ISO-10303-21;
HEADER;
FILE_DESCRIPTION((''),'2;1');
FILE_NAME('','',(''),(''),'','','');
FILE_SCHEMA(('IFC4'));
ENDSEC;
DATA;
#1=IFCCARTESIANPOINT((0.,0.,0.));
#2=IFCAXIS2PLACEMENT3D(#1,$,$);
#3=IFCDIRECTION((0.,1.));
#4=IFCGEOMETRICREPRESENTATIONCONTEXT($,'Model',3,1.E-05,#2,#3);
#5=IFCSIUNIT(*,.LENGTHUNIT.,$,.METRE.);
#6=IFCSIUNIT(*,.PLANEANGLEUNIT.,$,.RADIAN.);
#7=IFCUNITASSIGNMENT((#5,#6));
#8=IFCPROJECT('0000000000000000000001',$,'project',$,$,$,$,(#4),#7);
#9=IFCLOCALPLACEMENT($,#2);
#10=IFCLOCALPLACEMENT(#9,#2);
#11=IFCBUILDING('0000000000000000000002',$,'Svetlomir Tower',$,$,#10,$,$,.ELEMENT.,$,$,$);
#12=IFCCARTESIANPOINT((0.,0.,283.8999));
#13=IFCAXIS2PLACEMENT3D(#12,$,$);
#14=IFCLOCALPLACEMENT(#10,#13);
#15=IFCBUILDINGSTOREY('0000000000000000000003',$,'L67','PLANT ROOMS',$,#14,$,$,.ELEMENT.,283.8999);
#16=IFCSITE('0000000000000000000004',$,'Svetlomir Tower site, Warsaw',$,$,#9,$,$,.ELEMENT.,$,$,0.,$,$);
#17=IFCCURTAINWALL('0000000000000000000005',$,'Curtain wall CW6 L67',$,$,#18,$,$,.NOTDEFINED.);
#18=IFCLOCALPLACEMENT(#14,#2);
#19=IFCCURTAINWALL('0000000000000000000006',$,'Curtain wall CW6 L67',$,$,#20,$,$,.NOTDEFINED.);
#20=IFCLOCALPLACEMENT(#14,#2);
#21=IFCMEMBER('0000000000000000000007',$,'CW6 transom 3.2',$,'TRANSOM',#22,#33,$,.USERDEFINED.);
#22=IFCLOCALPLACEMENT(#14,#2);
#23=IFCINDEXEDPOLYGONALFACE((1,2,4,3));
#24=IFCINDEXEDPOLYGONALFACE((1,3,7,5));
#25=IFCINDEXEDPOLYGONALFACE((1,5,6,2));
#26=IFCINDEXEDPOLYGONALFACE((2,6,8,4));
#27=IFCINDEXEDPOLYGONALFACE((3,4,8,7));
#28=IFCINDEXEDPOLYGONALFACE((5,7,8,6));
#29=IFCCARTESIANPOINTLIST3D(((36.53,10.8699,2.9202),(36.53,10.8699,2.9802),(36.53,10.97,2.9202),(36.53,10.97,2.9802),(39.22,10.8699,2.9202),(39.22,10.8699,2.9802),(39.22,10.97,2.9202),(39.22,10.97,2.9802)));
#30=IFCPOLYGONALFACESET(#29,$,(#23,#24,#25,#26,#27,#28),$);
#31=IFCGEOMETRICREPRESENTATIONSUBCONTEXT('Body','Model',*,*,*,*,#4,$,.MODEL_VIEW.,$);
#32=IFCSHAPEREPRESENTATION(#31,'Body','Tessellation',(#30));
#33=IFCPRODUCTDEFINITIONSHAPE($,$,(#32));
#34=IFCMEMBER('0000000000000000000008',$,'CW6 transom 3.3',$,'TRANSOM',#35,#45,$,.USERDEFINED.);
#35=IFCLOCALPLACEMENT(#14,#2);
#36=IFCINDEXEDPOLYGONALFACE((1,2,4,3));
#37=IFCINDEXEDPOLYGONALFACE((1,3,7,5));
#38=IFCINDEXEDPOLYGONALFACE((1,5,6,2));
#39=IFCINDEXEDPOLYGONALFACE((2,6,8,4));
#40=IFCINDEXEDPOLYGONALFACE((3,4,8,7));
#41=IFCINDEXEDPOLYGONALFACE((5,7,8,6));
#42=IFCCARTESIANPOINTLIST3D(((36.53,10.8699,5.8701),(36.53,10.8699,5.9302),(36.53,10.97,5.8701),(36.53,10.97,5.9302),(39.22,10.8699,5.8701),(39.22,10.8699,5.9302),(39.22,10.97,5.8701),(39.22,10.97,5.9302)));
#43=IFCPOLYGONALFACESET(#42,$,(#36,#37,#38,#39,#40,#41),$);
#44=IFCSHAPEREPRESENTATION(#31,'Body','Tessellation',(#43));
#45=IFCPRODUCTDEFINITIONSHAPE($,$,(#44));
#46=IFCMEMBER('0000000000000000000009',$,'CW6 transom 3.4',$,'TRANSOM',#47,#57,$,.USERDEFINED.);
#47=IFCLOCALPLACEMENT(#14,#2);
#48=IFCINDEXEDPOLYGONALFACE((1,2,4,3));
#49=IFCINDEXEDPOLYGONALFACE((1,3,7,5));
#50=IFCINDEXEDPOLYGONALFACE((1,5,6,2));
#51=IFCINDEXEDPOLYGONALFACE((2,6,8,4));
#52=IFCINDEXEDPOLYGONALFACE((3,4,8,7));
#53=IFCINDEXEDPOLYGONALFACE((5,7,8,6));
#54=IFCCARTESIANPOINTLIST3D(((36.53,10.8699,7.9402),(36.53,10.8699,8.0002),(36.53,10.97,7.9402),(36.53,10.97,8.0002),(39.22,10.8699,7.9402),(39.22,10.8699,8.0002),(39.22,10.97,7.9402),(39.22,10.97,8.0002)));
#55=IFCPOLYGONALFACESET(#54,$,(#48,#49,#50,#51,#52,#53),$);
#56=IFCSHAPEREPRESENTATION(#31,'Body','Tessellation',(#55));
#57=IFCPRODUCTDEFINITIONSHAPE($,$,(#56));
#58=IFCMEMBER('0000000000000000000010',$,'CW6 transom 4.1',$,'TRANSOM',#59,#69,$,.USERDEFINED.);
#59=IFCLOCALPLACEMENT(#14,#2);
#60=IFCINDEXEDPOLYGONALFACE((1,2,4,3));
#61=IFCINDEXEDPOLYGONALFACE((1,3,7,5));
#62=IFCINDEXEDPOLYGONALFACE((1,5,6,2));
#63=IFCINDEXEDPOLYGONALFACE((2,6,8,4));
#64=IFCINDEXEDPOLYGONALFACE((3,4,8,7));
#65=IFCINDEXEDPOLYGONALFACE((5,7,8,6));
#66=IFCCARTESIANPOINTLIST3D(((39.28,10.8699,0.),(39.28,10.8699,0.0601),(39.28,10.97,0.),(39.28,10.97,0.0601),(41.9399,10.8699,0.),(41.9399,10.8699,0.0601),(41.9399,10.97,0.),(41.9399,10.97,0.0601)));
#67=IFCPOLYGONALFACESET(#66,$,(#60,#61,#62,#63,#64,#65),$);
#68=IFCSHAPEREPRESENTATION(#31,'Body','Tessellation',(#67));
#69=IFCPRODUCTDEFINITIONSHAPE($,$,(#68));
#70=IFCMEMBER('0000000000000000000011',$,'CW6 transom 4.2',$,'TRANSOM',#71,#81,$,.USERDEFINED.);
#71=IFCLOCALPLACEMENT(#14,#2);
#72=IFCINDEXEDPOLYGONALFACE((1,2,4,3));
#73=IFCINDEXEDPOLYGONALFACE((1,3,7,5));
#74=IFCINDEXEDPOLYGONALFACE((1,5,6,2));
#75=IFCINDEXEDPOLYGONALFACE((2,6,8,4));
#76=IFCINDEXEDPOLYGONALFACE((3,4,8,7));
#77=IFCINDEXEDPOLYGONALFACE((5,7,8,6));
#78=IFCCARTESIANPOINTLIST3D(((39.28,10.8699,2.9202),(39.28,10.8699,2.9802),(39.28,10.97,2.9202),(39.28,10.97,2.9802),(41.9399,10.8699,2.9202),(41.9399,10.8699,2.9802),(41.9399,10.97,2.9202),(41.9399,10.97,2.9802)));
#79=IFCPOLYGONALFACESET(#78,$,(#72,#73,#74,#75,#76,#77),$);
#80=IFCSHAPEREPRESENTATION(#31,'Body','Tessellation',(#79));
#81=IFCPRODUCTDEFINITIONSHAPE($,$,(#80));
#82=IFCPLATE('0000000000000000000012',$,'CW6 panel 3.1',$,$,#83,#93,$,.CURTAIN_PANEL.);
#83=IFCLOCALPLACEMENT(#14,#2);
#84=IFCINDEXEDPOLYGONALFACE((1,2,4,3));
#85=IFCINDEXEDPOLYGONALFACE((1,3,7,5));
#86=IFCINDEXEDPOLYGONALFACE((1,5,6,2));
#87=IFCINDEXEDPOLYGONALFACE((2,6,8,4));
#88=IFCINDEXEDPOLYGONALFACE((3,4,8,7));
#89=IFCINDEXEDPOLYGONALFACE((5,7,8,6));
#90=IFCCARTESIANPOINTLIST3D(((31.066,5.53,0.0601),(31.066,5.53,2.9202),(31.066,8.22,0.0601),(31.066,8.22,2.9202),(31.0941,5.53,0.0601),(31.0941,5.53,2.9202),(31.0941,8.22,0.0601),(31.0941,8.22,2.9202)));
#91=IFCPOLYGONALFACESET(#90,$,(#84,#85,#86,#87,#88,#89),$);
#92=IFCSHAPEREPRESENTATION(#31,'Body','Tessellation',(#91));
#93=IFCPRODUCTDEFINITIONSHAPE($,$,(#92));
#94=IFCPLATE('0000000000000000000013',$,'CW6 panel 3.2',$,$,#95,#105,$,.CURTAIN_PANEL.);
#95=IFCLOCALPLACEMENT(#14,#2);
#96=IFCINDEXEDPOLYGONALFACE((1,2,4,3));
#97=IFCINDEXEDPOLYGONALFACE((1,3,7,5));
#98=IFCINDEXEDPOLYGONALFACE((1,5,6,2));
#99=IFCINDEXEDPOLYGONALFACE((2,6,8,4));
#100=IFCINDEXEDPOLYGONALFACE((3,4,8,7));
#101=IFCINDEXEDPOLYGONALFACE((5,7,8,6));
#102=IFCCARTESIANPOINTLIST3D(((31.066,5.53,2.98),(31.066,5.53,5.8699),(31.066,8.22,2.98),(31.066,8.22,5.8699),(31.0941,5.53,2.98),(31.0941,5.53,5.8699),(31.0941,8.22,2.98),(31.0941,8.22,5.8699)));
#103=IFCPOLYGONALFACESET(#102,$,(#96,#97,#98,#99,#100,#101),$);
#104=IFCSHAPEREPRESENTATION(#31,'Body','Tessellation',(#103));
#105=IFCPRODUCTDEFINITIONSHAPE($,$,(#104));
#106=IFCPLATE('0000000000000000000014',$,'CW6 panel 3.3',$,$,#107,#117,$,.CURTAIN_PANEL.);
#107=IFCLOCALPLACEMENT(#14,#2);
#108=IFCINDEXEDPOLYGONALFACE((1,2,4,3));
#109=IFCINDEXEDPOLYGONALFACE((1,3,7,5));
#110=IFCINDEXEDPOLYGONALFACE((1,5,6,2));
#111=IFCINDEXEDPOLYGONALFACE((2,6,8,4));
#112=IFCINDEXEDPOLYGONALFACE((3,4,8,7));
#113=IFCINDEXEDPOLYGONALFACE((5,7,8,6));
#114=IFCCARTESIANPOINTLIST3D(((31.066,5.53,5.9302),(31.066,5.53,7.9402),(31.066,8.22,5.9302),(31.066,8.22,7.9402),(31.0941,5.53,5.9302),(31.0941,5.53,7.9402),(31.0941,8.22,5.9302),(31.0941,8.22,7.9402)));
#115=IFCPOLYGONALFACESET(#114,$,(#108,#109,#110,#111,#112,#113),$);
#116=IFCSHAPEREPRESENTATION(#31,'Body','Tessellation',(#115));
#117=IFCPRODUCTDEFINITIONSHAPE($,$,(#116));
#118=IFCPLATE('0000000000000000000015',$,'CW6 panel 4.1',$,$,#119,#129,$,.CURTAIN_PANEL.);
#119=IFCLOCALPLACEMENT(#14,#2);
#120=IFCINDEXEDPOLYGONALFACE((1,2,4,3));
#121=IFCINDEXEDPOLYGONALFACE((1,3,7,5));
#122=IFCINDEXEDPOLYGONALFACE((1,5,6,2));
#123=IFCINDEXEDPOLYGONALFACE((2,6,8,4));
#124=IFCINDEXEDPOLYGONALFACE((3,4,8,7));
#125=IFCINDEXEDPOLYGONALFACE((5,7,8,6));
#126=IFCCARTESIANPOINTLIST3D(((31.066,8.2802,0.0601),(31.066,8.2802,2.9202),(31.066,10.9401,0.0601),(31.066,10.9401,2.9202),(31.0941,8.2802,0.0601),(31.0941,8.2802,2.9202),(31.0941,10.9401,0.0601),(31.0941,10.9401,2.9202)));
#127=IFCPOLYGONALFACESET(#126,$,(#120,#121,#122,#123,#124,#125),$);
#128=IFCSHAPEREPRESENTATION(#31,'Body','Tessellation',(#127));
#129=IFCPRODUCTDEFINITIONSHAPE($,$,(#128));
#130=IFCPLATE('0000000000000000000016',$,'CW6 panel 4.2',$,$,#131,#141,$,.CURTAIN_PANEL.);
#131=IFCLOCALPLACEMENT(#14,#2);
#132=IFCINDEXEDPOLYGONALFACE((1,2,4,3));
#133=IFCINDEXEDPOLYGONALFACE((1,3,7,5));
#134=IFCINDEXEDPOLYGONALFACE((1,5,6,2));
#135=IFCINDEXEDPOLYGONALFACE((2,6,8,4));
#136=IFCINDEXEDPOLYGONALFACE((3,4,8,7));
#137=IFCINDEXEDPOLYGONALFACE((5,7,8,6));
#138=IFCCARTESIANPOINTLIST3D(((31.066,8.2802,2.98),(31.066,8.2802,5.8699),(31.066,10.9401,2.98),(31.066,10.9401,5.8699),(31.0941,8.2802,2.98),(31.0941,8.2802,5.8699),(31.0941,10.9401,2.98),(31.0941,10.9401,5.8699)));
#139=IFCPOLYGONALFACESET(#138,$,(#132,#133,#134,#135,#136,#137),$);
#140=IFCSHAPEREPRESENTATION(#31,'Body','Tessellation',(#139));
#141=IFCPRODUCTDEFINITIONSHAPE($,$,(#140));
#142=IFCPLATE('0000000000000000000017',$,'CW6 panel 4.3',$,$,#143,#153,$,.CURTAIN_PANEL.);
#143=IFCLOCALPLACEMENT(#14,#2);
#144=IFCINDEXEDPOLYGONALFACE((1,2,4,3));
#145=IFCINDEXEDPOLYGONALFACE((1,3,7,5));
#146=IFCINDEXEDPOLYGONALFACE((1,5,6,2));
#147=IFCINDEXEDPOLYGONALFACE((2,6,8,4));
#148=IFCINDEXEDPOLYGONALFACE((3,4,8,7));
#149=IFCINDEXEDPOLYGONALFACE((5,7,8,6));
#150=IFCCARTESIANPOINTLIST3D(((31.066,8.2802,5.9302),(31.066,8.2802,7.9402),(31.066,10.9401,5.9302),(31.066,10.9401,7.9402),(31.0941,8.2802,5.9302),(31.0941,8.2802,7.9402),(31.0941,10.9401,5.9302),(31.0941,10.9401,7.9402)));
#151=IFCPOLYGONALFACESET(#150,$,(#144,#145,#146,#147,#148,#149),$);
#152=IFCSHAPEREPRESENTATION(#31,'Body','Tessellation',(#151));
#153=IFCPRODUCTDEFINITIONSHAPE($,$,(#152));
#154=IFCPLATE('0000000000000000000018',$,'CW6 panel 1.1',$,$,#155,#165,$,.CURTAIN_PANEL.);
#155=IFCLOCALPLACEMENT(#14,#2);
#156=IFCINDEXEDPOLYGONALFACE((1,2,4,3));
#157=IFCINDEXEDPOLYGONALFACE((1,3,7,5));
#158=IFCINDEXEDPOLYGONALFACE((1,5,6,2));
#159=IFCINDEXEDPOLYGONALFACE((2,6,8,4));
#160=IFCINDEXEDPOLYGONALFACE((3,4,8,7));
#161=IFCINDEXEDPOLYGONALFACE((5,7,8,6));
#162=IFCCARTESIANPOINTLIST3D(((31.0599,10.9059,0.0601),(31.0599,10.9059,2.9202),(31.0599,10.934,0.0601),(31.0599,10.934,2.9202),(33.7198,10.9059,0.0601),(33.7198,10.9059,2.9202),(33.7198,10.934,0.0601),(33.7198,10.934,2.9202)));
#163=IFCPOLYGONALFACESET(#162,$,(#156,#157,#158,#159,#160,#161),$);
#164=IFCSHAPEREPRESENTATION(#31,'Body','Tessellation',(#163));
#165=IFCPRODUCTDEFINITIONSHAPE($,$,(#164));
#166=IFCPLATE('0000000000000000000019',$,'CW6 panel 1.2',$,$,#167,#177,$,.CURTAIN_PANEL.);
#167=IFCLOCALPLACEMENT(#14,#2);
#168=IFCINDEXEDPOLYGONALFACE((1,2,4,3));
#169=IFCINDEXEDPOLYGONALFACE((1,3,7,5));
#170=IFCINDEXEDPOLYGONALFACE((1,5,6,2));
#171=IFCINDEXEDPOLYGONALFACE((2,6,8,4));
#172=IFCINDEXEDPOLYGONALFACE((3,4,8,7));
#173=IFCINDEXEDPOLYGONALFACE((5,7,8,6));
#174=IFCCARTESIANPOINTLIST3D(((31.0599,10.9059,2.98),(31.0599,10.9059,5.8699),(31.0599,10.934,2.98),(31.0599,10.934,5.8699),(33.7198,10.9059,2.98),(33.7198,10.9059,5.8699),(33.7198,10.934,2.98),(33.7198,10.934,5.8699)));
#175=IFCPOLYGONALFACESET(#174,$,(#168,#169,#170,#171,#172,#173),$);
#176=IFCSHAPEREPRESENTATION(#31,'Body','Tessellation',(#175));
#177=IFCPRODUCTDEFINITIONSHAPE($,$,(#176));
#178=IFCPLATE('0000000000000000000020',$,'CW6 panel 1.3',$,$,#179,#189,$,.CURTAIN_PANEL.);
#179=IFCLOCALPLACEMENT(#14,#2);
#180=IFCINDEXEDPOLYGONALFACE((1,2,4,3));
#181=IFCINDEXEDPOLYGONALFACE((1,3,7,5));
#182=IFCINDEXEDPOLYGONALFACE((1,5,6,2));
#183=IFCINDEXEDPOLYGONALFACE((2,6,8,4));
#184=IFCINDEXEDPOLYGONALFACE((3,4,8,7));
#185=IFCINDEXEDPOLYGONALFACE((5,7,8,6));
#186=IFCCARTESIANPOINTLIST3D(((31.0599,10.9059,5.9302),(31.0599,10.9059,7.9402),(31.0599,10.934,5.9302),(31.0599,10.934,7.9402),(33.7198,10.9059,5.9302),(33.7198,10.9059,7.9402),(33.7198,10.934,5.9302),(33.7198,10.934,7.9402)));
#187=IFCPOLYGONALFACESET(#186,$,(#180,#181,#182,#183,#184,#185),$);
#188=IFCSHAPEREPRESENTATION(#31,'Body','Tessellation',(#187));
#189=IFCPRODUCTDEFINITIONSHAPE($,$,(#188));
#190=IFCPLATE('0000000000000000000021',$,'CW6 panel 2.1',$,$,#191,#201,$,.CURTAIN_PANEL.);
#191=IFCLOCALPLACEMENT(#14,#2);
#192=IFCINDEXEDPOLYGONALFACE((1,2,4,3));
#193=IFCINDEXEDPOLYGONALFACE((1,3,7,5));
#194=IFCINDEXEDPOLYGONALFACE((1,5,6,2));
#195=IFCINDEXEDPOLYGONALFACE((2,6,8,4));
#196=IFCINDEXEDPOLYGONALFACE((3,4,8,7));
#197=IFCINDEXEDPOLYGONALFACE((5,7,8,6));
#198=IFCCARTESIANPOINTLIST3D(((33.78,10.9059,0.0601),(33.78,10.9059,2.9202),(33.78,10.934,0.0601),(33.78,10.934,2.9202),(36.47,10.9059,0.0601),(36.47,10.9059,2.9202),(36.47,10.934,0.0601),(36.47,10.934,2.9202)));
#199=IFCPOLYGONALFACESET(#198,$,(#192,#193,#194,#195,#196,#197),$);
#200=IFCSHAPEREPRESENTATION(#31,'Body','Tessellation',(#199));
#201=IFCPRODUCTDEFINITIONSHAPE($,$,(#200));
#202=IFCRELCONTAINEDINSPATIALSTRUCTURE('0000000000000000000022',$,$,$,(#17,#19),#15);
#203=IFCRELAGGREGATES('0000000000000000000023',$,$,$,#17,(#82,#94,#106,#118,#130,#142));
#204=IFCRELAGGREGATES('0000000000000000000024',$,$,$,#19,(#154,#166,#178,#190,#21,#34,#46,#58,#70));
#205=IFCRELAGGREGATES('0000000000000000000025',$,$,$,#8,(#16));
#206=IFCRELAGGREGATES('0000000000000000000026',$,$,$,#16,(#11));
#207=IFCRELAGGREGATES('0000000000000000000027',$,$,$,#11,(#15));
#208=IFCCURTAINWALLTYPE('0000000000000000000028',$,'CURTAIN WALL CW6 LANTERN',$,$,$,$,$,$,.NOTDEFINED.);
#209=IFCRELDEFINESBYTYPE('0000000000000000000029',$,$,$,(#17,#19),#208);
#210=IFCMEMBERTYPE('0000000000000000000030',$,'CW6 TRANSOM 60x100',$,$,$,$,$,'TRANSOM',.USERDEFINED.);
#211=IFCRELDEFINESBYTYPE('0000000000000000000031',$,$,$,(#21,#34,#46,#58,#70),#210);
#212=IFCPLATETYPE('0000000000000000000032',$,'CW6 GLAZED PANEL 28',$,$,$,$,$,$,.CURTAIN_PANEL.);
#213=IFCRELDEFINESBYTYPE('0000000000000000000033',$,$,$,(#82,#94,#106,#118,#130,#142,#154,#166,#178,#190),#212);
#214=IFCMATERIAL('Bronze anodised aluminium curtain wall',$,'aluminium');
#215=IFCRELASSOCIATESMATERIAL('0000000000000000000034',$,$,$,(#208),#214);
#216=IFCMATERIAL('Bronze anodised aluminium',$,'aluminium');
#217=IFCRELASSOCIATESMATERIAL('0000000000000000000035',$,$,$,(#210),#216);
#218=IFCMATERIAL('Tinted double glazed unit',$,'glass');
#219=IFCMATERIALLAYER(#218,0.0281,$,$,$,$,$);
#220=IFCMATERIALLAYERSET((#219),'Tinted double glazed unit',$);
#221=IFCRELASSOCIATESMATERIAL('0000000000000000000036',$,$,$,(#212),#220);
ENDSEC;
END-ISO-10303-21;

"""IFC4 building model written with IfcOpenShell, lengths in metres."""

from ifc_helpers import new_model, si_unit, direction, frame, origin, origin_2d, place, context, subcontext, project, spatial, rectangle, extrude, material, layer, layer_set, material_profile, profile_set, type_object, element, aggregate, save


model = new_model("IFC4")

# Units and contexts
model_context = context("Model", 3, precision=1e-05, world=origin(), true_north=direction((0.0, 1.0)))
body_context = subcontext(model_context, "Body", "Model", "MODEL_VIEW")
ifc_project = project(units=[si_unit("LENGTHUNIT", "METRE"), si_unit("PLANEANGLEUNIT", "RADIAN")], contexts=[model_context])

# Site, building, storey
site_placement = place(None, origin())
site = spatial("IfcSite", under=ifc_project, at=site_placement, Name="Svetlomir Tower site, Warsaw", CompositionType="ELEMENT", RefElevation=0.0)
building_placement = place(site_placement, origin())
building = spatial("IfcBuilding", under=site, at=building_placement, Name="Svetlomir Tower", CompositionType="ELEMENT")
storey_placement = place(building_placement, frame((0.0, 0.0, 283.8999)))
storey = spatial("IfcBuildingStorey", under=building, at=storey_placement, Name="L67", Description="PLANT ROOMS", CompositionType="ELEMENT", Elevation=283.8999)

# Curtain wall
ifc_material_1 = material(Name="Bronze anodised aluminium curtain wall", Category="aluminium")
curtain_wall_type = type_object("IfcCurtainWallType", Name="CURTAIN WALL CW6 LANTERN", PredefinedType="NOTDEFINED", material=ifc_material_1)
curtain_wall_1_placement = place(storey_placement, origin())
curtain_wall_1 = element("IfcCurtainWall", 1, at=curtain_wall_1_placement, inside=storey, type_object=curtain_wall_type, Name="Curtain wall CW6 L67", PredefinedType="NOTDEFINED")

# Curtain wall
curtain_wall_2_placement = place(storey_placement, origin())
curtain_wall_2 = element("IfcCurtainWall", 2, at=curtain_wall_2_placement, inside=storey, type_object=curtain_wall_type, Name="Curtain wall CW6 L67", PredefinedType="NOTDEFINED")

# Members
ifc_material_2 = material(Name="Bronze anodised aluminium", Category="aluminium")
ifc_material_profile_1 = material_profile(ifc_material_2, rectangle(XDim=0.1001, YDim=0.0601, at=origin_2d()), Name="AL 100x60")
ifc_profile_set_1 = profile_set([ifc_material_profile_1], Name="Bronze anodised aluminium 6063-T6")
member_type_1 = type_object("IfcMemberType", Name="CW6 TRANSOM 60x100", ElementType="TRANSOM", PredefinedType="USERDEFINED", material=ifc_profile_set_1)
member_1_placement = place(storey_placement, frame((36.53, 10.9199, 2.9502), z_axis=(1.0, 0.0, 0.0), x_axis=(0.0, 1.0, 0.0)))
member_1 = element("IfcMember", 3, at=member_1_placement, type_object=member_type_1, Name="CW6 transom 3.2", ObjectType="TRANSOM", PredefinedType="USERDEFINED", context=body_context, shape_type="SweptSolid", body=[
    extrude(rectangle(XDim=0.1001, YDim=0.0601, at=origin_2d()), origin(), (0.0, 0.0, 1.0), 2.6899),
])
member_2_placement = place(storey_placement, frame((36.53, 10.9199, 5.9001), z_axis=(1.0, 0.0, 0.0), x_axis=(0.0, 1.0, 0.0)))
member_2 = element("IfcMember", 4, at=member_2_placement, type_object=member_type_1, Name="CW6 transom 3.3", ObjectType="TRANSOM", PredefinedType="USERDEFINED", context=body_context, shape_type="SweptSolid", body=[
    extrude(rectangle(XDim=0.1001, YDim=0.0601, at=origin_2d()), origin(), (0.0, 0.0, 1.0), 2.6899),
])
member_3_placement = place(storey_placement, frame((36.53, 10.9199, 7.9702), z_axis=(1.0, 0.0, 0.0), x_axis=(0.0, 1.0, 0.0)))
member_3 = element("IfcMember", 5, at=member_3_placement, type_object=member_type_1, Name="CW6 transom 3.4", ObjectType="TRANSOM", PredefinedType="USERDEFINED", context=body_context, shape_type="SweptSolid", body=[
    extrude(rectangle(XDim=0.1001, YDim=0.0601, at=origin_2d()), origin(), (0.0, 0.0, 1.0), 2.6899),
])
member_4_placement = place(storey_placement, frame((39.28, 10.9199, 0.03), z_axis=(1.0, 0.0, 0.0), x_axis=(0.0, 1.0, 0.0)))
member_4 = element("IfcMember", 6, at=member_4_placement, type_object=member_type_1, Name="CW6 transom 4.1", ObjectType="TRANSOM", PredefinedType="USERDEFINED", context=body_context, shape_type="SweptSolid", body=[
    extrude(rectangle(XDim=0.1001, YDim=0.0601, at=origin_2d()), origin(), (0.0, 0.0, 1.0), 2.6599),
])
member_5_placement = place(storey_placement, frame((39.28, 10.9199, 2.9502), z_axis=(1.0, 0.0, 0.0), x_axis=(0.0, 1.0, 0.0)))
member_5 = element("IfcMember", 7, at=member_5_placement, type_object=member_type_1, Name="CW6 transom 4.2", ObjectType="TRANSOM", PredefinedType="USERDEFINED", context=body_context, shape_type="SweptSolid", body=[
    extrude(rectangle(XDim=0.1001, YDim=0.0601, at=origin_2d()), origin(), (0.0, 0.0, 1.0), 2.6599),
])

# Plates
ifc_material_3 = material(Name="Tinted double glazed unit", Category="glass")
ifc_layer = layer(ifc_material_3, 0.0281)
ifc_layer_set = layer_set([ifc_layer], Name="Tinted double glazed unit")
plate_type = type_object("IfcPlateType", Name="CW6 GLAZED PANEL 28", PredefinedType="CURTAIN_PANEL", material=ifc_layer_set)
plate_1_placement = place(storey_placement, frame((31.0801, 6.875, 0.0601), z_axis=(0.0, 0.0, 1.0), x_axis=(0.0, 1.0, 0.0)))
plate_1 = element("IfcPlate", 8, at=plate_1_placement, type_object=plate_type, Name="CW6 panel 3.1", PredefinedType="CURTAIN_PANEL", context=body_context, shape_type="SweptSolid", body=[
    extrude(rectangle(XDim=2.6899, YDim=0.0281, at=origin_2d()), origin(), (0.0, 0.0, 1.0), 2.8601),
])
plate_2_placement = place(storey_placement, frame((31.0801, 6.875, 2.98), z_axis=(0.0, 0.0, 1.0), x_axis=(0.0, 1.0, 0.0)))
plate_2 = element("IfcPlate", 9, at=plate_2_placement, type_object=plate_type, Name="CW6 panel 3.2", PredefinedType="CURTAIN_PANEL", context=body_context, shape_type="SweptSolid", body=[
    extrude(rectangle(XDim=2.6899, YDim=0.0281, at=origin_2d()), origin(), (0.0, 0.0, 1.0), 2.8899),
])
plate_3_placement = place(storey_placement, frame((31.0801, 6.875, 5.9302), z_axis=(0.0, 0.0, 1.0), x_axis=(0.0, 1.0, 0.0)))
plate_3 = element("IfcPlate", 10, at=plate_3_placement, type_object=plate_type, Name="CW6 panel 3.3", PredefinedType="CURTAIN_PANEL", context=body_context, shape_type="SweptSolid", body=[
    extrude(rectangle(XDim=2.6899, YDim=0.0281, at=origin_2d()), origin(), (0.0, 0.0, 1.0), 2.01),
])
plate_4_placement = place(storey_placement, frame((31.0801, 9.6101, 0.0601), z_axis=(0.0, 0.0, 1.0), x_axis=(0.0, 1.0, 0.0)))
plate_4 = element("IfcPlate", 11, at=plate_4_placement, type_object=plate_type, Name="CW6 panel 4.1", PredefinedType="CURTAIN_PANEL", context=body_context, shape_type="SweptSolid", body=[
    extrude(rectangle(XDim=2.6599, YDim=0.0281, at=origin_2d()), origin(), (0.0, 0.0, 1.0), 2.8601),
])
plate_5_placement = place(storey_placement, frame((31.0801, 9.6101, 2.98), z_axis=(0.0, 0.0, 1.0), x_axis=(0.0, 1.0, 0.0)))
plate_5 = element("IfcPlate", 12, at=plate_5_placement, type_object=plate_type, Name="CW6 panel 4.2", PredefinedType="CURTAIN_PANEL", context=body_context, shape_type="SweptSolid", body=[
    extrude(rectangle(XDim=2.6599, YDim=0.0281, at=origin_2d()), origin(), (0.0, 0.0, 1.0), 2.8899),
])
plate_6_placement = place(storey_placement, frame((31.0801, 9.6101, 5.9302), z_axis=(0.0, 0.0, 1.0), x_axis=(0.0, 1.0, 0.0)))
plate_6 = element("IfcPlate", 13, at=plate_6_placement, type_object=plate_type, Name="CW6 panel 4.3", PredefinedType="CURTAIN_PANEL", context=body_context, shape_type="SweptSolid", body=[
    extrude(rectangle(XDim=2.6599, YDim=0.0281, at=origin_2d()), origin(), (0.0, 0.0, 1.0), 2.01),
])
aggregate(curtain_wall_1, [plate_1, plate_2, plate_3, plate_4, plate_5, plate_6])
plate_7_placement = place(storey_placement, frame((32.3899, 10.9199, 0.0601), z_axis=(0.0, 0.0, 1.0), x_axis=(1.0, 0.0, 0.0)))
plate_7 = element("IfcPlate", 14, at=plate_7_placement, type_object=plate_type, Name="CW6 panel 1.1", PredefinedType="CURTAIN_PANEL", context=body_context, shape_type="SweptSolid", body=[
    extrude(rectangle(XDim=2.6599, YDim=0.0281, at=origin_2d()), origin(), (0.0, 0.0, 1.0), 2.8601),
])
plate_8_placement = place(storey_placement, frame((32.3899, 10.9199, 2.98), z_axis=(0.0, 0.0, 1.0), x_axis=(1.0, 0.0, 0.0)))
plate_8 = element("IfcPlate", 15, at=plate_8_placement, type_object=plate_type, Name="CW6 panel 1.2", PredefinedType="CURTAIN_PANEL", context=body_context, shape_type="SweptSolid", body=[
    extrude(rectangle(XDim=2.6599, YDim=0.0281, at=origin_2d()), origin(), (0.0, 0.0, 1.0), 2.8899),
])
plate_9_placement = place(storey_placement, frame((32.3899, 10.9199, 5.9302), z_axis=(0.0, 0.0, 1.0), x_axis=(1.0, 0.0, 0.0)))
plate_9 = element("IfcPlate", 16, at=plate_9_placement, type_object=plate_type, Name="CW6 panel 1.3", PredefinedType="CURTAIN_PANEL", context=body_context, shape_type="SweptSolid", body=[
    extrude(rectangle(XDim=2.6599, YDim=0.0281, at=origin_2d()), origin(), (0.0, 0.0, 1.0), 2.01),
])
plate_10_placement = place(storey_placement, frame((35.125, 10.9199, 0.0601), z_axis=(0.0, 0.0, 1.0), x_axis=(1.0, 0.0, 0.0)))
plate_10 = element("IfcPlate", 17, at=plate_10_placement, type_object=plate_type, Name="CW6 panel 2.1", PredefinedType="CURTAIN_PANEL", context=body_context, shape_type="SweptSolid", body=[
    extrude(rectangle(XDim=2.6899, YDim=0.0281, at=origin_2d()), origin(), (0.0, 0.0, 1.0), 2.8601),
])
aggregate(curtain_wall_2, [plate_7, plate_8, plate_9, plate_10, member_1, member_2, member_3, member_4, member_5])

save(model, "model.ifc")
